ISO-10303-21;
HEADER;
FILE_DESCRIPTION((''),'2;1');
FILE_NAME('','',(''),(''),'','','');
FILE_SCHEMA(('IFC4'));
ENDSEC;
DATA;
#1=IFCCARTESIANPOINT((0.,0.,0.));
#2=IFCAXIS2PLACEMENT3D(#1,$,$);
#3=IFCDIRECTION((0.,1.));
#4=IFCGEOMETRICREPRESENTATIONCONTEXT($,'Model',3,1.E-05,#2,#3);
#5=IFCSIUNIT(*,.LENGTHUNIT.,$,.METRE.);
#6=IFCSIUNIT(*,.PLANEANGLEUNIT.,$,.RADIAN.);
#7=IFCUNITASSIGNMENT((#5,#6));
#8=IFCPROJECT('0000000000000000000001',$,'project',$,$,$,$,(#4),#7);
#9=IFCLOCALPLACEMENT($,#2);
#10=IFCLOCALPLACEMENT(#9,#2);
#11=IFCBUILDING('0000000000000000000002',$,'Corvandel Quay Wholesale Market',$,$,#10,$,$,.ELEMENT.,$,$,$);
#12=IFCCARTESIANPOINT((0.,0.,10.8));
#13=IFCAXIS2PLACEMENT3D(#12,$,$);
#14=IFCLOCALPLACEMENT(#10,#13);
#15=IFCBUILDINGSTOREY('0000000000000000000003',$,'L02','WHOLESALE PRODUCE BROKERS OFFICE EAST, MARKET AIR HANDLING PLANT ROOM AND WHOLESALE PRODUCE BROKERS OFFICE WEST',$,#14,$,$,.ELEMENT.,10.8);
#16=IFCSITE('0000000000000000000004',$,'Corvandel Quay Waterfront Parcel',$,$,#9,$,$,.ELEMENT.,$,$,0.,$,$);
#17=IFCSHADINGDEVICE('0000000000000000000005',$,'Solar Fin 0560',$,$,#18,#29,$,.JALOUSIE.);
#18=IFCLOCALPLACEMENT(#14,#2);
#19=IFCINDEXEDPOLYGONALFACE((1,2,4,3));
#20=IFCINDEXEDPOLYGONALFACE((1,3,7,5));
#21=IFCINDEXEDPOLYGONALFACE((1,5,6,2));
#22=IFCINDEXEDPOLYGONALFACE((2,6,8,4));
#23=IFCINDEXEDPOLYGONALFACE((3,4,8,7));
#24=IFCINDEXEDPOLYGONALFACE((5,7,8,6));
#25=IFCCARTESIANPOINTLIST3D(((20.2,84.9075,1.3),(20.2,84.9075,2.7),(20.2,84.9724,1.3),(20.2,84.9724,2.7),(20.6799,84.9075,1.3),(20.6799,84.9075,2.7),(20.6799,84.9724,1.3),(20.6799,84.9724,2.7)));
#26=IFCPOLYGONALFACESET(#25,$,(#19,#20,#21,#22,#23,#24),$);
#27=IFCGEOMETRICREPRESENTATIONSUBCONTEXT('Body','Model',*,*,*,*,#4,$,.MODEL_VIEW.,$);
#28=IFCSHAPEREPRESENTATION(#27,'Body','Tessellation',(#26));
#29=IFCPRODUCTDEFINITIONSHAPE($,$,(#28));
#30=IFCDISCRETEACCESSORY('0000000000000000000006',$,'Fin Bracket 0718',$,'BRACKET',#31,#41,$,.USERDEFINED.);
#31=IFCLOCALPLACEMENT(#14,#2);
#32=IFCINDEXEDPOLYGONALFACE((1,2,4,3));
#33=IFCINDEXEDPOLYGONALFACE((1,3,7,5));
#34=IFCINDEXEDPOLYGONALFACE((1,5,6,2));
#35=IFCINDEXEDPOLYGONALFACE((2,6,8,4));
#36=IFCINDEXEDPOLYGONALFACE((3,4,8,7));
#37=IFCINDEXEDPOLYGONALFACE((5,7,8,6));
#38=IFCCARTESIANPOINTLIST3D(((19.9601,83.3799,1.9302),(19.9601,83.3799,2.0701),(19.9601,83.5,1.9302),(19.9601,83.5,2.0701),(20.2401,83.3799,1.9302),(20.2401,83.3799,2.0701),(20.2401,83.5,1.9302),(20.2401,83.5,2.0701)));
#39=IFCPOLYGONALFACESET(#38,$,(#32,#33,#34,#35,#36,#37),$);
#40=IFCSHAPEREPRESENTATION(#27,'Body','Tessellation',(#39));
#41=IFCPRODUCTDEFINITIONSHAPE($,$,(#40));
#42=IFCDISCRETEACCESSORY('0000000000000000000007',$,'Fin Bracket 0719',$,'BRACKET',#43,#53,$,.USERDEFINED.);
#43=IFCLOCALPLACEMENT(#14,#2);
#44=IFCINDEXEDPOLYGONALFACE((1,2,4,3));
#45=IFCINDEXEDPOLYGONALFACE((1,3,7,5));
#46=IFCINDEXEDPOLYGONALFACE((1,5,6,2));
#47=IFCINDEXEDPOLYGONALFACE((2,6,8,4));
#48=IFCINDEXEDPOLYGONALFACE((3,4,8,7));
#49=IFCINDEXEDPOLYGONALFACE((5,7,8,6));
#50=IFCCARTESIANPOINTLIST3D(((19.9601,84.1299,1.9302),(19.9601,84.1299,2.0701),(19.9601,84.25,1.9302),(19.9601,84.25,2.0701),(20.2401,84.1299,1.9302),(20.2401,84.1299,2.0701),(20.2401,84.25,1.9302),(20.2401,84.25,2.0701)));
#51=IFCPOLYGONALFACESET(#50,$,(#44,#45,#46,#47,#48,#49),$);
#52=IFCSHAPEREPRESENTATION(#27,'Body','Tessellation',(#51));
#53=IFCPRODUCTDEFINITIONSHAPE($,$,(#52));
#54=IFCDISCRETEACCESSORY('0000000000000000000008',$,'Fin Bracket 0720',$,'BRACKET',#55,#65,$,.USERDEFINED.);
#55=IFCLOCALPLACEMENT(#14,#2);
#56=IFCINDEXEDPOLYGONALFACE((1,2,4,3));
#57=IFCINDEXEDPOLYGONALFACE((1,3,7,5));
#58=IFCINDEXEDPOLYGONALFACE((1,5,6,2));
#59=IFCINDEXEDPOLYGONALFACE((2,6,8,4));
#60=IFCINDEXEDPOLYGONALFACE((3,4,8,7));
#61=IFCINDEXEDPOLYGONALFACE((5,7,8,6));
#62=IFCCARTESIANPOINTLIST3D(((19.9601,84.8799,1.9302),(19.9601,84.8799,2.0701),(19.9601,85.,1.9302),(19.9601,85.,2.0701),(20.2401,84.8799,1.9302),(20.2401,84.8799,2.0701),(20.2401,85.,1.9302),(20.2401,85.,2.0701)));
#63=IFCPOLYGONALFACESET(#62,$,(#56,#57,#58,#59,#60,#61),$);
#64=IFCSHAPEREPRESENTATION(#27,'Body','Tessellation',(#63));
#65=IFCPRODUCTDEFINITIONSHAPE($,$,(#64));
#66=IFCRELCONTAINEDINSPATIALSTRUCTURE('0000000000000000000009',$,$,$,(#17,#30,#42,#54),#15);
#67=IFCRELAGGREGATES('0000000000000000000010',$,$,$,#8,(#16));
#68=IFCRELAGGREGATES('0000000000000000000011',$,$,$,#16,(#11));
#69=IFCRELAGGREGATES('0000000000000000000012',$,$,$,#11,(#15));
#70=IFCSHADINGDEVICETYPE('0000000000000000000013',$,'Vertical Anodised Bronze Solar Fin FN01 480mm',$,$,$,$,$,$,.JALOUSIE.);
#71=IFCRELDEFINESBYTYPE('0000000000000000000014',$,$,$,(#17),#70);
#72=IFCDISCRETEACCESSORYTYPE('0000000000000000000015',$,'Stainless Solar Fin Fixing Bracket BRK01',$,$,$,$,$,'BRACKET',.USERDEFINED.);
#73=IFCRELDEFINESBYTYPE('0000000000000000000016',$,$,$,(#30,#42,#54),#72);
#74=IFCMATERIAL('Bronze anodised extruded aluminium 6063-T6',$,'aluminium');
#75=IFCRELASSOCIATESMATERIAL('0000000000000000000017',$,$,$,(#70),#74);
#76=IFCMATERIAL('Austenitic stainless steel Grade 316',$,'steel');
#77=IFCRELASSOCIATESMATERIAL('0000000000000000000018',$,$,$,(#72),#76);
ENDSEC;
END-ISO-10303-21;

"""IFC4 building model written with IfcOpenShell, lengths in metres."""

from ifc_helpers import new_model, si_unit, direction, frame, origin, origin_2d, place, context, subcontext, project, spatial, rectangle, extrude, material, type_object, element, save


model = new_model("IFC4")

# Units and contexts
model_context = context("Model", 3, precision=1e-05, world=origin(), true_north=direction((0.0, 1.0)))
body_context = subcontext(model_context, "Body", "Model", "MODEL_VIEW")
ifc_project = project(units=[si_unit("LENGTHUNIT", "METRE"), si_unit("PLANEANGLEUNIT", "RADIAN")], contexts=[model_context])

# Site, building, storey
site_placement = place(None, origin())
site = spatial("IfcSite", under=ifc_project, at=site_placement, Name="Corvandel Quay Waterfront Parcel", CompositionType="ELEMENT", RefElevation=0.0)
building_placement = place(site_placement, origin())
building = spatial("IfcBuilding", under=site, at=building_placement, Name="Corvandel Quay Wholesale Market", CompositionType="ELEMENT")
storey_placement = place(building_placement, frame((0.0, 0.0, 10.8)))
storey = spatial("IfcBuildingStorey", under=building, at=storey_placement, Name="L02", Description="WHOLESALE PRODUCE BROKERS OFFICE EAST, MARKET AIR HANDLING PLANT ROOM AND WHOLESALE PRODUCE BROKERS OFFICE WEST", CompositionType="ELEMENT", Elevation=10.8)

# Shading device
ifc_material_1 = material(Name="Bronze anodised extruded aluminium 6063-T6", Category="aluminium")
shading_device_type = type_object("IfcShadingDeviceType", Name="Vertical Anodised Bronze Solar Fin FN01 480mm", PredefinedType="JALOUSIE", material=ifc_material_1)
for number, where, z_axis, x_axis, name in (
    (1, (20.4399, 84.9399, 1.3), (0.0, 0.0, 1.0), (1.0, 0.0, 0.0), "Solar Fin 0560"),
):
    element("IfcShadingDevice", number, at=place(storey_placement, frame(where, z_axis=z_axis, x_axis=x_axis)), inside=storey, type_object=shading_device_type, Name=name, PredefinedType="JALOUSIE", context=body_context, shape_type="SweptSolid", body=[
        extrude(rectangle(XDim=0.48, YDim=0.0649, at=origin_2d()), origin(), (0.0, 0.0, 1.0), 1.3999),
    ])

# Discrete accessories
ifc_material_2 = material(Name="Austenitic stainless steel Grade 316", Category="steel")
discrete_accessory_type = type_object("IfcDiscreteAccessoryType", Name="Stainless Solar Fin Fixing Bracket BRK01", ElementType="BRACKET", PredefinedType="USERDEFINED", material=ifc_material_2)
for number, where, z_axis, x_axis, name in (
    (2, (20.1001, 83.4399, 1.9302), (0.0, 0.0, 1.0), (1.0, 0.0, 0.0), "Fin Bracket 0718"),
    (3, (20.1001, 84.1899, 1.9302), (0.0, 0.0, 1.0), (1.0, 0.0, 0.0), "Fin Bracket 0719"),
    (4, (20.1001, 84.9399, 1.9302), (0.0, 0.0, 1.0), (1.0, 0.0, 0.0), "Fin Bracket 0720"),
):
    element("IfcDiscreteAccessory", number, at=place(storey_placement, frame(where, z_axis=z_axis, x_axis=x_axis)), inside=storey, type_object=discrete_accessory_type, Name=name, ObjectType="BRACKET", PredefinedType="USERDEFINED", context=body_context, shape_type="SweptSolid", body=[
        extrude(rectangle(XDim=0.28, YDim=0.1201, at=origin_2d()), origin(), (0.0, 0.0, 1.0), 0.1399),
    ])

save(model, "model.ifc")
